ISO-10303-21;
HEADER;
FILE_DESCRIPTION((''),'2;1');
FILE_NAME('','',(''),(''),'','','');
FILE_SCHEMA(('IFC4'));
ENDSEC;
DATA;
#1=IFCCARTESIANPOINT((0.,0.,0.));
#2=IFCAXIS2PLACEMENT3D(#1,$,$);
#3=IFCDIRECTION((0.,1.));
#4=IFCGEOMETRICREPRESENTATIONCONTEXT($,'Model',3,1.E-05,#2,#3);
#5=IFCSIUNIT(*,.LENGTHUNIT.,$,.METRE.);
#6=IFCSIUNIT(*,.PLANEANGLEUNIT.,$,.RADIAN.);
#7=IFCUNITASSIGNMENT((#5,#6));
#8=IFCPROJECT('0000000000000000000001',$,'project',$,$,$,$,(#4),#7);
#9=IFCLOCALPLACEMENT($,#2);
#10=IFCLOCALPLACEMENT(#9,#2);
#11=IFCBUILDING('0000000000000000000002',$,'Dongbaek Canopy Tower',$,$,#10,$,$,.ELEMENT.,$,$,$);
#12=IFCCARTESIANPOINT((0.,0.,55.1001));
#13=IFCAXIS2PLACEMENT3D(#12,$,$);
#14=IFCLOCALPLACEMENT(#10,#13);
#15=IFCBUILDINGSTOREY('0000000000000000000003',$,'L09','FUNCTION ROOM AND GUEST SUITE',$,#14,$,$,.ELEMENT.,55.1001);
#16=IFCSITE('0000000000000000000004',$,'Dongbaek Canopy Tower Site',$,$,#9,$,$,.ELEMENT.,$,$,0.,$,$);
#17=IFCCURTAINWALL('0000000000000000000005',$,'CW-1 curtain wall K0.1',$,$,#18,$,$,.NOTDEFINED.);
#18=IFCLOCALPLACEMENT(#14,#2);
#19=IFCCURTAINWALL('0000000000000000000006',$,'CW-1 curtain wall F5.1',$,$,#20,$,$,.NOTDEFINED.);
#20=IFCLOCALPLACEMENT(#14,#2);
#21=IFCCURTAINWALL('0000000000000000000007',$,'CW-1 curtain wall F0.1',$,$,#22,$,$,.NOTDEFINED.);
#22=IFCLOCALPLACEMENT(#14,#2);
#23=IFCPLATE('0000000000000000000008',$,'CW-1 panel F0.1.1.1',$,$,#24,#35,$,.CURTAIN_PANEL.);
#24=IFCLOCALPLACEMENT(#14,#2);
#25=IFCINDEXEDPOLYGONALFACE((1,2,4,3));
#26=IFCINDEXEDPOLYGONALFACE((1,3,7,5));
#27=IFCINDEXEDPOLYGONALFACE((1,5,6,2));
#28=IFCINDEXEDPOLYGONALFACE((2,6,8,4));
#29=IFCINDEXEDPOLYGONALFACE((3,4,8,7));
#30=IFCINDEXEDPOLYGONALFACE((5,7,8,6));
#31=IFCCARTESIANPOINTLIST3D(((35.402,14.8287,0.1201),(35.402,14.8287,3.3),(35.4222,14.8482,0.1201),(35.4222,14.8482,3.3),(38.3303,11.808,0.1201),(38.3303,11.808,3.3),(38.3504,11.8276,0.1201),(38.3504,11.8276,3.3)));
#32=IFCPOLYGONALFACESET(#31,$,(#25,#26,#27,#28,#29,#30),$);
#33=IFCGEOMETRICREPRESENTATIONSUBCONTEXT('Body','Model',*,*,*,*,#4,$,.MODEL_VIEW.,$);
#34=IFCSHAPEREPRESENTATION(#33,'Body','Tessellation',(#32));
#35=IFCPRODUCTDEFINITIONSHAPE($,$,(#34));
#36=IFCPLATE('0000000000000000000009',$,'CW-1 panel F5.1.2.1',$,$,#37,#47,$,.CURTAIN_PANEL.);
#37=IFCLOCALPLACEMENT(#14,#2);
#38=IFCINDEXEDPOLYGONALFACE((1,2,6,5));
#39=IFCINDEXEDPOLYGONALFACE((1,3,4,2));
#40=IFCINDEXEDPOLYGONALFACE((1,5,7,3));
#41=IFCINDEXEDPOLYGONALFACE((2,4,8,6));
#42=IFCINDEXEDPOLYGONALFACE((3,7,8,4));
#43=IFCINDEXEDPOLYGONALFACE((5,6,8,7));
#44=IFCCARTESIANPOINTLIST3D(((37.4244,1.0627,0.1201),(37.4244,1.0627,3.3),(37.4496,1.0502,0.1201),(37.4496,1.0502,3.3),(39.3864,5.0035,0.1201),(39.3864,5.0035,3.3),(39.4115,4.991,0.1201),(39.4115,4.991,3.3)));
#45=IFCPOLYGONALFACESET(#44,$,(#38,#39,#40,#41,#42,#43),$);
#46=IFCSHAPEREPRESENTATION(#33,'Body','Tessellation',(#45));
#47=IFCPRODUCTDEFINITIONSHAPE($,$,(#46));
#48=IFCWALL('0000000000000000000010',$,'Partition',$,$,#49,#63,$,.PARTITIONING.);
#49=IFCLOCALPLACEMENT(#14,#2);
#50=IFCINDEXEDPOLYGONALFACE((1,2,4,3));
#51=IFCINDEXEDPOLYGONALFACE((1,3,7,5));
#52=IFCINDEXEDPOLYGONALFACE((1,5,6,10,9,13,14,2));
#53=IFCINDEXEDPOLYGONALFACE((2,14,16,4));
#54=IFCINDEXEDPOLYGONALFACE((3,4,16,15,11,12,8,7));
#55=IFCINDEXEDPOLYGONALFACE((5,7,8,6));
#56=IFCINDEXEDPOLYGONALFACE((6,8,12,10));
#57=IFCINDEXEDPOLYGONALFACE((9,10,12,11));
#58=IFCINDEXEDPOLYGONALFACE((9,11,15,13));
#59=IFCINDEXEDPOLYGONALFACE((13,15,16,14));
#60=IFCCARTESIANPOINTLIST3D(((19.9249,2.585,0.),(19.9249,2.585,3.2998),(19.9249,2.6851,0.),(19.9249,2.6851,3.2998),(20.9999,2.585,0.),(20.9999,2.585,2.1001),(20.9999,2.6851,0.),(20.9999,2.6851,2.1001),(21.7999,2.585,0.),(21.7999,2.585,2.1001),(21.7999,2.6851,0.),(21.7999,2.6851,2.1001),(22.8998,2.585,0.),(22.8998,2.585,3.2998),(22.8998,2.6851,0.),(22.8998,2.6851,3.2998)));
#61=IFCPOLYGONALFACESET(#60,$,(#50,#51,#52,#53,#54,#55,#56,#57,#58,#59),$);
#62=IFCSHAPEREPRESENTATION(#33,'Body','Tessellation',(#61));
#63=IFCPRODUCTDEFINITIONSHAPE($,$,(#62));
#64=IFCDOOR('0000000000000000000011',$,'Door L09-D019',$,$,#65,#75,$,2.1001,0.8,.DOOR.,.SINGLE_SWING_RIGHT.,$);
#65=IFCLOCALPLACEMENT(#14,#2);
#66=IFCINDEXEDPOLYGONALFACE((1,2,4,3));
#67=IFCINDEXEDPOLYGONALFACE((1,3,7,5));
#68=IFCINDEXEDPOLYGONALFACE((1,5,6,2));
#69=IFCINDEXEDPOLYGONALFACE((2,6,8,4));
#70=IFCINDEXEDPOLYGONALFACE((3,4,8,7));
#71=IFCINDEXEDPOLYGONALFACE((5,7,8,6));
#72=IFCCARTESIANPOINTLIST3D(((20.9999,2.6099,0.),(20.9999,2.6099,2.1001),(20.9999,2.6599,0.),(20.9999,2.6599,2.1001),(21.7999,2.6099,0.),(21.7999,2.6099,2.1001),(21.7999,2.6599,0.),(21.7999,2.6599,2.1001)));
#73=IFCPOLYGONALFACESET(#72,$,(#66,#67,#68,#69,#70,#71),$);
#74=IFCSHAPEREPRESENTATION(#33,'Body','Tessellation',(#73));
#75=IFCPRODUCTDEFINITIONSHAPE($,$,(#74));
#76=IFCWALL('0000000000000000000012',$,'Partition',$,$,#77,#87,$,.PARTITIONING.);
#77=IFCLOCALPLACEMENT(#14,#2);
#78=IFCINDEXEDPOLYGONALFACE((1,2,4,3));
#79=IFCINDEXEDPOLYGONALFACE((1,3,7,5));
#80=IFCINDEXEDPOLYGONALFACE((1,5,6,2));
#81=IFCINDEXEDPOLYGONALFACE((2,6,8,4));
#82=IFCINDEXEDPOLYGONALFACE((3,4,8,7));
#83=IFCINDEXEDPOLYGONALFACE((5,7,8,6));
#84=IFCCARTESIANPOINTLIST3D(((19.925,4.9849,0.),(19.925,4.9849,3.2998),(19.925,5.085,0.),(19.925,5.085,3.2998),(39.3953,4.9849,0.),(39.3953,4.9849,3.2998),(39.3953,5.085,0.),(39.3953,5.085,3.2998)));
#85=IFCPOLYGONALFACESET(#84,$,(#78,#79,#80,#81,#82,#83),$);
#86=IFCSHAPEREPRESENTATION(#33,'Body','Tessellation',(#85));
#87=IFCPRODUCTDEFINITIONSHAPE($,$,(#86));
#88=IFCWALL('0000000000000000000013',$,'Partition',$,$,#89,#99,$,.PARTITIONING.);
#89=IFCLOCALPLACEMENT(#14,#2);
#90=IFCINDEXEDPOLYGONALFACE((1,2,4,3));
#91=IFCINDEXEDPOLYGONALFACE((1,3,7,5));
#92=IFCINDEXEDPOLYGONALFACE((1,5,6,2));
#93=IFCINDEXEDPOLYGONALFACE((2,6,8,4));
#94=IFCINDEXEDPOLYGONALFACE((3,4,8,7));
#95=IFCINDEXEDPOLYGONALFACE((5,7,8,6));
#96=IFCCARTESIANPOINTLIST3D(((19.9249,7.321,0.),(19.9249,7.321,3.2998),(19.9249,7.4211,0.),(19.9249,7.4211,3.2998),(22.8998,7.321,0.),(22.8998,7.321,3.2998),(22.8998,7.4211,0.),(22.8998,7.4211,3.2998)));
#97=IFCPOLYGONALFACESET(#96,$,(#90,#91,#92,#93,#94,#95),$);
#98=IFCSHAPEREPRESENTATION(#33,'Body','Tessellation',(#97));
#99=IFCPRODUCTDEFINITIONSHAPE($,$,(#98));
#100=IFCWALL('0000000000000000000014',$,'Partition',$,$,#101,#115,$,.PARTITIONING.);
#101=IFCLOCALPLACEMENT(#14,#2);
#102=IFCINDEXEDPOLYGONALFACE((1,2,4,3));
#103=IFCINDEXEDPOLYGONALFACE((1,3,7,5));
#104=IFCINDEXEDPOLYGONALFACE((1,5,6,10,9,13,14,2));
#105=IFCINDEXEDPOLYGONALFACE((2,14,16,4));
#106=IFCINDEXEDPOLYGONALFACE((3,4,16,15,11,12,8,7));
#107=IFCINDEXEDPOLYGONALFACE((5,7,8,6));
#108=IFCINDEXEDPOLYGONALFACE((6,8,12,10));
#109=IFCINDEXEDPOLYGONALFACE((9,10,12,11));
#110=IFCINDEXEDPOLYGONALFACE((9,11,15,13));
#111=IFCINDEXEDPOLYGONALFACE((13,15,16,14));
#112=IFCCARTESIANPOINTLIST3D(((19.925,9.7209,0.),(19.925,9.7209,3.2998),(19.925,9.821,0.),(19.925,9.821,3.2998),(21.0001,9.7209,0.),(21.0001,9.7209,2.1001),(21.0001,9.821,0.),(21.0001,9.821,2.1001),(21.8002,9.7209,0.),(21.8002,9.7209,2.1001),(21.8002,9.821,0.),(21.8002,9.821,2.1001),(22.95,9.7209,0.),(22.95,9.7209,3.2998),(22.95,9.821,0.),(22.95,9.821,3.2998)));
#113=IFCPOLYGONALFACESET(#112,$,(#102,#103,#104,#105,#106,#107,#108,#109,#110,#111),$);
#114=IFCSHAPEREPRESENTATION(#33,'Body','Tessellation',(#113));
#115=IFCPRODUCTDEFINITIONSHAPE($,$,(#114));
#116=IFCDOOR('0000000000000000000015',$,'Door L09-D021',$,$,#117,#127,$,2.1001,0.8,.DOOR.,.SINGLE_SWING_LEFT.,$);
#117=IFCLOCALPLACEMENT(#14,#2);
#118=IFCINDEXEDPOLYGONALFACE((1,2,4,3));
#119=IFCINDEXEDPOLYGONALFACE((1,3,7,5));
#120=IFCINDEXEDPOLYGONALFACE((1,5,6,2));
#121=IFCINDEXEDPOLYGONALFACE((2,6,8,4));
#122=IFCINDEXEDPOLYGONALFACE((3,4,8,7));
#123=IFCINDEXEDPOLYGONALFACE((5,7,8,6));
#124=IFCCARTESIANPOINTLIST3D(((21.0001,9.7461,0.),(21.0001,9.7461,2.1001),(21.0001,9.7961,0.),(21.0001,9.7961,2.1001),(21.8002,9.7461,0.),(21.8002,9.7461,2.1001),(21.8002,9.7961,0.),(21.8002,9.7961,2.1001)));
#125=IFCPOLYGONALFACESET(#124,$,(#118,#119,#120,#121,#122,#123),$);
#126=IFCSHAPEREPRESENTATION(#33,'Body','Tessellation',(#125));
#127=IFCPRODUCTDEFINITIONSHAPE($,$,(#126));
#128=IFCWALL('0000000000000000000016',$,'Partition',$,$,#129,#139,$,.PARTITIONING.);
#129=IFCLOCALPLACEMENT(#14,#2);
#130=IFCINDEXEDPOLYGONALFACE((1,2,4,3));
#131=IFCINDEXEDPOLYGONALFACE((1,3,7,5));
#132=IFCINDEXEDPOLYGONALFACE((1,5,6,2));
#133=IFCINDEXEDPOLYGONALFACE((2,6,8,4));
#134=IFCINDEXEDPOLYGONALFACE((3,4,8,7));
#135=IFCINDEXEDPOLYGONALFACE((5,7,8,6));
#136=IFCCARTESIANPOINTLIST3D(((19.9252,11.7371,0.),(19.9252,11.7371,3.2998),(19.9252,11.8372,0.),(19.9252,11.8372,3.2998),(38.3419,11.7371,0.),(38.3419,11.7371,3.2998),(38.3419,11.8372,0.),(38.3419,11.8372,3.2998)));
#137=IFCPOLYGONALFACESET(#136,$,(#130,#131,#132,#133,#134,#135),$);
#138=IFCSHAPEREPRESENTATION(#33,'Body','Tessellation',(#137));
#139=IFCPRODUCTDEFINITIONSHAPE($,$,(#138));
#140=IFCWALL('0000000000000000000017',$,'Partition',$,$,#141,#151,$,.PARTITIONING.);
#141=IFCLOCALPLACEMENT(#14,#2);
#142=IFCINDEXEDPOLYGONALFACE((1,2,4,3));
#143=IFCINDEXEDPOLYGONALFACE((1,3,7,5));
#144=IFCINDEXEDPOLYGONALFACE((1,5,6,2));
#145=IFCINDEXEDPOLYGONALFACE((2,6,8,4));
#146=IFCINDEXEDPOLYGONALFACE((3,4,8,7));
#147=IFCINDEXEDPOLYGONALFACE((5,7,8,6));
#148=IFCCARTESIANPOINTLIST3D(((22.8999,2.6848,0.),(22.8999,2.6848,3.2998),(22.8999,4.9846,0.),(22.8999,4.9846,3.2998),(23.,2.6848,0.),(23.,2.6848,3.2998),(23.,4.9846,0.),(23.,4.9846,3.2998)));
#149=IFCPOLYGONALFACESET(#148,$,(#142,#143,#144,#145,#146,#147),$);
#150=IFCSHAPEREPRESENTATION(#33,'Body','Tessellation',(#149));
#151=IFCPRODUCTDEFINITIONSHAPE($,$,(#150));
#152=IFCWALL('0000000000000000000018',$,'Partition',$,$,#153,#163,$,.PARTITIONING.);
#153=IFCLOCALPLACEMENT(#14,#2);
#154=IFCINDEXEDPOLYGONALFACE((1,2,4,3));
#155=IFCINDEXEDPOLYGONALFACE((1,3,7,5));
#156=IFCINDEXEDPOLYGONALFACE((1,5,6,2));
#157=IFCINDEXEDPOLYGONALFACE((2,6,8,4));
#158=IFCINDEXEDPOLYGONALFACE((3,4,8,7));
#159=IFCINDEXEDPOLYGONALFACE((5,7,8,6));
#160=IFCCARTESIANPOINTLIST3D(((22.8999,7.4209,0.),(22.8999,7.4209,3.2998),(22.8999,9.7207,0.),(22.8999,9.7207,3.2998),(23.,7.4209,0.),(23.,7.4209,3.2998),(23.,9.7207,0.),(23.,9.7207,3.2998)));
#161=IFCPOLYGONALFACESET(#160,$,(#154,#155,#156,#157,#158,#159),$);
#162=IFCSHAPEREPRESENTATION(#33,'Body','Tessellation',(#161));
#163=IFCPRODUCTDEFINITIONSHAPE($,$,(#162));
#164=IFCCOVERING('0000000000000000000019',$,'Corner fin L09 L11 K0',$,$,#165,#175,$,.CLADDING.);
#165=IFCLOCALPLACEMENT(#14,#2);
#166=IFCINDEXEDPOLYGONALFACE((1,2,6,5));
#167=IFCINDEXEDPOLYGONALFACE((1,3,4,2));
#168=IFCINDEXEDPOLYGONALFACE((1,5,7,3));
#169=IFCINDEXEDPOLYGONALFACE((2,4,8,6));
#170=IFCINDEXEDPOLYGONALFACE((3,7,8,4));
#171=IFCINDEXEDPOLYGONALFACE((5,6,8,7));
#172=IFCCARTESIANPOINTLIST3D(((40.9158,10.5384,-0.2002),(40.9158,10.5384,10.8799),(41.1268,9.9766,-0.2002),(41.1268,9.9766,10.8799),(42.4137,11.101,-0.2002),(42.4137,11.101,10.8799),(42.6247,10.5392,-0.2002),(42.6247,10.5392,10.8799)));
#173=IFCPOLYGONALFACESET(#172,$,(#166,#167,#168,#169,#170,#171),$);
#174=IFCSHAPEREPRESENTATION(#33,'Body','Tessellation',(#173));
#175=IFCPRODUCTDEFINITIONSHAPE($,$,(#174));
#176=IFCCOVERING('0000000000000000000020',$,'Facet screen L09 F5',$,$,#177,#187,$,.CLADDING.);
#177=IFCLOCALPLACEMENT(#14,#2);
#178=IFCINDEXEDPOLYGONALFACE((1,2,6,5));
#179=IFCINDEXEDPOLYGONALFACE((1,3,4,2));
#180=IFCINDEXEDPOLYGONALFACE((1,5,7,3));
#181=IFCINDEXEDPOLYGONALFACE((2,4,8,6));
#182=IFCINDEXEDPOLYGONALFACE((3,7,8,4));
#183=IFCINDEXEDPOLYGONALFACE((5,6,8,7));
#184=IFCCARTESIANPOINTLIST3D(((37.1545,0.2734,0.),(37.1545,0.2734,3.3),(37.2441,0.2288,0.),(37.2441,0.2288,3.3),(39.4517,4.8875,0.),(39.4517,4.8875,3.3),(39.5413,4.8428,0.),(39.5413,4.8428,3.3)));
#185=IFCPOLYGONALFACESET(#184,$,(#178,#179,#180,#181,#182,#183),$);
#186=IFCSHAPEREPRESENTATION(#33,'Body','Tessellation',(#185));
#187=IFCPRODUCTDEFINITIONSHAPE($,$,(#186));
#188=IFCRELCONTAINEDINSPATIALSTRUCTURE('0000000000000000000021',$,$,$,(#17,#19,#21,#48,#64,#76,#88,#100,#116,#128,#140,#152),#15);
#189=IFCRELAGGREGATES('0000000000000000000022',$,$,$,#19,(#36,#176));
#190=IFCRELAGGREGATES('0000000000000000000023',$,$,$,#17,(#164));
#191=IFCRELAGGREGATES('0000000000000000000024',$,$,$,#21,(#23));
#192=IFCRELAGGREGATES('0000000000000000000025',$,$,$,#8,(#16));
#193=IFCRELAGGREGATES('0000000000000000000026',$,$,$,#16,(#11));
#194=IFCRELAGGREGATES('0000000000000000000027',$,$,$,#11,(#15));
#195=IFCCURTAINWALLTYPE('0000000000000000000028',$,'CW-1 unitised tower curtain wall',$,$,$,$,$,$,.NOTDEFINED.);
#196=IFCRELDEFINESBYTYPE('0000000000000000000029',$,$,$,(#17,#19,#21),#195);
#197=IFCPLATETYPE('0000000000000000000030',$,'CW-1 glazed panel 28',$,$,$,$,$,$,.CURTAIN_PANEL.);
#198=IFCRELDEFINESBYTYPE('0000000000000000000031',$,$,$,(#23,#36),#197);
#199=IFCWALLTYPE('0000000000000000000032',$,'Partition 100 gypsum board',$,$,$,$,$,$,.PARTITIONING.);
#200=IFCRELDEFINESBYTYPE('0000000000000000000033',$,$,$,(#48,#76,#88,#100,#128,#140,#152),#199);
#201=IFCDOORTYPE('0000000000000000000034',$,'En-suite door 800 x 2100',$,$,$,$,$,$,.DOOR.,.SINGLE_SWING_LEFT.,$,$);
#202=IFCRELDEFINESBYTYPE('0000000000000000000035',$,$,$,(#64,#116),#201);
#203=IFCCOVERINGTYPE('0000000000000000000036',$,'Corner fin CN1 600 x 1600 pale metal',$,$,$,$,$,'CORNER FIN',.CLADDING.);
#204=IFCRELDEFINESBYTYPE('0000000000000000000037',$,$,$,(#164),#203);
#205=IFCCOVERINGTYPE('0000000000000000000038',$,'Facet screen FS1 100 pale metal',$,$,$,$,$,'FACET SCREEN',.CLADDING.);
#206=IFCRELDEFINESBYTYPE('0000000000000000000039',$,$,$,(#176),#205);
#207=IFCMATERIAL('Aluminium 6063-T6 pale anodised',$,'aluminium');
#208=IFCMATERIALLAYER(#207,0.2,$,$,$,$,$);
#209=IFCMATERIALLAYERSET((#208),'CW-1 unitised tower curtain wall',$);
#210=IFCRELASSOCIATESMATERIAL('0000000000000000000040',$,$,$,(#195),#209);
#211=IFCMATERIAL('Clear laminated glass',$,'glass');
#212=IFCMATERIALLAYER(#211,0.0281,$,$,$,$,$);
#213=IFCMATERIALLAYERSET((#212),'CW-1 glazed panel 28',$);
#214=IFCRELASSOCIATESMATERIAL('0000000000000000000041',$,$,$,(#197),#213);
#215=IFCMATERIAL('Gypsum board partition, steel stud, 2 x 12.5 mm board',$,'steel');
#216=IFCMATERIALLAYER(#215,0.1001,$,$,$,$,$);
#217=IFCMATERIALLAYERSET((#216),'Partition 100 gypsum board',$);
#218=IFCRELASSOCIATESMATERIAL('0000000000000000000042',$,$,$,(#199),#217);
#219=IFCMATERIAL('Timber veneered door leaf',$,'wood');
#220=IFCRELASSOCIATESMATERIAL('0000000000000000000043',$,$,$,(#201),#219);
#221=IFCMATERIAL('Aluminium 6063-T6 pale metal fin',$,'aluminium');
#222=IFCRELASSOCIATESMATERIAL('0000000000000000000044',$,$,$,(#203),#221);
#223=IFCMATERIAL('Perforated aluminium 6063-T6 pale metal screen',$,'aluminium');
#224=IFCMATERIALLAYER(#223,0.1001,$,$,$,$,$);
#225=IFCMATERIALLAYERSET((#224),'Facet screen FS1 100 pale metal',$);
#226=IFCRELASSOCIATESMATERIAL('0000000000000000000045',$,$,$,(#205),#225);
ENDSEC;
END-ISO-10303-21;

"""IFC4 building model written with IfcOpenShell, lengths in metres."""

from ifc_helpers import new_model, si_unit, direction, frame, frame_2d, origin, origin_2d, place, context, subcontext, project, spatial, rectangle, extrude, material, layer, layer_set, material_profile, profile_set, type_object, element, fill, aggregate, save


model = new_model("IFC4")

# Units and contexts
model_context = context("Model", 3, precision=1e-05, world=origin(), true_north=direction((0.0, 1.0)))
body_context = subcontext(model_context, "Body", "Model", "MODEL_VIEW")
ifc_project = project(units=[si_unit("LENGTHUNIT", "METRE"), si_unit("PLANEANGLEUNIT", "RADIAN")], contexts=[model_context])

# Site, building, storey
site_placement = place(None, origin())
site = spatial("IfcSite", under=ifc_project, at=site_placement, Name="Dongbaek Canopy Tower Site", CompositionType="ELEMENT", RefElevation=0.0)
building_placement = place(site_placement, origin())
building = spatial("IfcBuilding", under=site, at=building_placement, Name="Dongbaek Canopy Tower", CompositionType="ELEMENT")
storey_placement = place(building_placement, frame((0.0, 0.0, 55.1001)))
storey = spatial("IfcBuildingStorey", under=building, at=storey_placement, Name="L09", Description="FUNCTION ROOM AND GUEST SUITE", CompositionType="ELEMENT", Elevation=55.1001)

# Curtain wall
ifc_material_1 = material(Name="Aluminium 6063-T6 pale anodised", Category="aluminium")
ifc_layer_1 = layer(ifc_material_1, 0.2)
ifc_layer_set_1 = layer_set([ifc_layer_1], Name="CW-1 unitised tower curtain wall")
curtain_wall_type = type_object("IfcCurtainWallType", Name="CW-1 unitised tower curtain wall", PredefinedType="NOTDEFINED", material=ifc_layer_set_1)
curtain_wall_1_placement = place(storey_placement, origin())
curtain_wall_1 = element("IfcCurtainWall", 1, at=curtain_wall_1_placement, inside=storey, type_object=curtain_wall_type, Name="CW-1 curtain wall K0.1", PredefinedType="NOTDEFINED")

# Curtain walls
curtain_wall_2_placement = place(storey_placement, origin())
curtain_wall_2 = element("IfcCurtainWall", 2, at=curtain_wall_2_placement, inside=storey, type_object=curtain_wall_type, Name="CW-1 curtain wall F5.1", PredefinedType="NOTDEFINED")
curtain_wall_3_placement = place(storey_placement, origin())
curtain_wall_3 = element("IfcCurtainWall", 3, at=curtain_wall_3_placement, inside=storey, type_object=curtain_wall_type, Name="CW-1 curtain wall F0.1", PredefinedType="NOTDEFINED")

# Plates
ifc_material_2 = material(Name="Clear laminated glass", Category="glass")
ifc_layer_2 = layer(ifc_material_2, 0.0281)
ifc_layer_set_2 = layer_set([ifc_layer_2], Name="CW-1 glazed panel 28")
plate_type = type_object("IfcPlateType", Name="CW-1 glazed panel 28", PredefinedType="CURTAIN_PANEL", material=ifc_layer_set_2)
plate_1_placement = place(storey_placement, frame((36.8762, 13.3281, 0.1201), z_axis=(0.0, 0.0, 1.0), x_axis=(-0.696039, 0.718004, 0.0)))
plate_1 = element("IfcPlate", 4, at=plate_1_placement, type_object=plate_type, Name="CW-1 panel F0.1.1.1", PredefinedType="CURTAIN_PANEL", context=body_context, shape_type="SweptSolid", body=[
    extrude(rectangle(XDim=4.207, YDim=0.0281, at=origin_2d()), origin(), (0.0, 0.0, 1.0), 3.1799),
])
plate_2_placement = place(storey_placement, frame((38.418, 3.0269, 0.1201), z_axis=(0.0, 0.0, 1.0), x_axis=(0.445678, 0.895193, 0.0)))
plate_2 = element("IfcPlate", 5, at=plate_2_placement, type_object=plate_type, Name="CW-1 panel F5.1.2.1", PredefinedType="CURTAIN_PANEL", context=body_context, shape_type="SweptSolid", body=[
    extrude(rectangle(XDim=4.4021, YDim=0.0281, at=origin_2d()), origin(), (0.0, 0.0, 1.0), 3.1799),
])

# Wall, opening, door
ifc_material_3 = material(Name="Gypsum board partition, steel stud, 2 x 12.5 mm board", Category="steel")
ifc_layer_3 = layer(ifc_material_3, 0.1001)
ifc_layer_set_3 = layer_set([ifc_layer_3], Name="Partition 100 gypsum board")
wall_type = type_object("IfcWallType", Name="Partition 100 gypsum board", PredefinedType="PARTITIONING", material=ifc_layer_set_3)
wall_1_placement = place(storey_placement, frame((19.925, 2.635, 0.0), z_axis=(0.0, 0.0, 1.0), x_axis=(1.0, 0.0, 0.0)))
wall_1 = element("IfcWall", 6, at=wall_1_placement, inside=storey, type_object=wall_type, Name="Partition", PredefinedType="PARTITIONING", context=body_context, shape_type="SweptSolid", body=[
    extrude(rectangle(XDim=2.9749, YDim=0.1001, at=frame_2d((1.4873, 0.0))), origin(), (0.0, 0.0, 1.0), 3.2998),
])
opening_1_placement = place(wall_1_placement, frame((1.075, 0.0, 0.0)))
opening_1 = element("IfcOpeningElement", 7, at=opening_1_placement, cuts=wall_1, PredefinedType="OPENING", context=body_context, shape_type="SweptSolid", body=[
    extrude(rectangle(XDim=0.8, YDim=2.1001, at=frame_2d((0.3999, 1.05))), frame((0.0, 0.0601, 0.0), z_axis=(0.0, -1.0, 0.0), x_axis=(1.0, 0.0, 0.0)), (0.0, 0.0, 1.0), 0.1201),
])
ifc_material_4 = material(Name="Timber veneered door leaf", Category="wood")
door_type = type_object("IfcDoorType", Name="En-suite door 800 x 2100", OperationType="SINGLE_SWING_LEFT", PredefinedType="DOOR", material=ifc_material_4)
door_1_placement = place(opening_1_placement, origin())
door_1 = element("IfcDoor", 8, at=door_1_placement, inside=storey, type_object=door_type, Name="Door L09-D019", OperationType="SINGLE_SWING_RIGHT", OverallHeight=2.1001, OverallWidth=0.8, PredefinedType="DOOR", context=body_context, shape_type="SweptSolid", body=[
    extrude(rectangle(XDim=0.8, YDim=2.1001, at=frame_2d((0.3999, 1.05))), frame((0.0, 0.0249, 0.0), z_axis=(0.0, -1.0, 0.0), x_axis=(1.0, 0.0, 0.0)), (0.0, 0.0, 1.0), 0.05),
])
fill(opening_1, door_1)

# Walls
wall_2_placement = place(storey_placement, frame((19.925, 5.0349, 0.0), z_axis=(0.0, 0.0, 1.0), x_axis=(1.0, 0.0, 0.0)))
element("IfcWall", 9, at=wall_2_placement, inside=storey, type_object=wall_type, Name="Partition", PredefinedType="PARTITIONING", context=body_context, shape_type="SweptSolid", body=[
    extrude(rectangle(XDim=19.4702, YDim=0.1001, at=frame_2d((9.7351, 0.0))), origin(), (0.0, 0.0, 1.0), 3.2998),
])
wall_3_placement = place(storey_placement, frame((19.925, 7.3711, 0.0), z_axis=(0.0, 0.0, 1.0), x_axis=(1.0, 0.0, 0.0)))
element("IfcWall", 10, at=wall_3_placement, inside=storey, type_object=wall_type, Name="Partition", PredefinedType="PARTITIONING", context=body_context, shape_type="SweptSolid", body=[
    extrude(rectangle(XDim=2.9749, YDim=0.1001, at=frame_2d((1.4873, 0.0))), origin(), (0.0, 0.0, 1.0), 3.2998),
])

# Wall, opening, door
wall_4_placement = place(storey_placement, frame((22.95, 9.771, 0.0), z_axis=(0.0, 0.0, 1.0), x_axis=(-1.0, 0.0, 0.0)))
wall_4 = element("IfcWall", 11, at=wall_4_placement, inside=storey, type_object=wall_type, Name="Partition", PredefinedType="PARTITIONING", context=body_context, shape_type="SweptSolid", body=[
    extrude(rectangle(XDim=3.0249, YDim=0.1001, at=frame_2d((1.5125, 0.0))), origin(), (0.0, 0.0, 1.0), 3.2998),
])
opening_2_placement = place(wall_4_placement, frame((1.1499, 0.0, 0.0)))
opening_2 = element("IfcOpeningElement", 12, at=opening_2_placement, cuts=wall_4, PredefinedType="OPENING", context=body_context, shape_type="SweptSolid", body=[
    extrude(rectangle(XDim=0.8, YDim=2.1001, at=frame_2d((0.3999, 1.05))), frame((0.0, 0.0601, 0.0), z_axis=(0.0, -1.0, 0.0), x_axis=(1.0, 0.0, 0.0)), (0.0, 0.0, 1.0), 0.1201),
])
door_2_placement = place(opening_2_placement, origin())
door_2 = element("IfcDoor", 13, at=door_2_placement, inside=storey, type_object=door_type, Name="Door L09-D021", OperationType="SINGLE_SWING_LEFT", OverallHeight=2.1001, OverallWidth=0.8, PredefinedType="DOOR", context=body_context, shape_type="SweptSolid", body=[
    extrude(rectangle(XDim=0.8, YDim=2.1001, at=frame_2d((0.3999, 1.05))), frame((0.0, 0.0249, 0.0), z_axis=(0.0, -1.0, 0.0), x_axis=(1.0, 0.0, 0.0)), (0.0, 0.0, 1.0), 0.05),
])
fill(opening_2, door_2)

# Walls
wall_5_placement = place(storey_placement, frame((19.925, 11.7871, 0.0), z_axis=(0.0, 0.0, 1.0), x_axis=(1.0, 0.0, 0.0)))
element("IfcWall", 14, at=wall_5_placement, inside=storey, type_object=wall_type, Name="Partition", PredefinedType="PARTITIONING", context=body_context, shape_type="SweptSolid", body=[
    extrude(rectangle(XDim=18.4167, YDim=0.1001, at=frame_2d((9.2085, 0.0))), origin(), (0.0, 0.0, 1.0), 3.2998),
])
for number, where, z_axis, x_axis, name in (
    (15, (22.95, 2.6848, 0.0), (0.0, 0.0, 1.0), (0.0, 1.0, 0.0), "Partition"),
    (16, (22.95, 7.4209, 0.0), (0.0, 0.0, 1.0), (0.0, 1.0, 0.0), "Partition"),
):
    element("IfcWall", number, at=place(storey_placement, frame(where, z_axis=z_axis, x_axis=x_axis)), inside=storey, type_object=wall_type, Name=name, PredefinedType="PARTITIONING", context=body_context, shape_type="SweptSolid", body=[
        extrude(rectangle(XDim=2.2998, YDim=0.1001, at=frame_2d((1.1499, 0.0))), origin(), (0.0, 0.0, 1.0), 3.2998),
    ])

# Coverings
ifc_material_5 = material(Name="Aluminium 6063-T6 pale metal fin", Category="aluminium")
ifc_material_profile_1 = material_profile(ifc_material_5, rectangle(XDim=1.6001, YDim=0.6001, at=origin_2d()), Name="Corner fin CN1 600 x 1600 pale metal")
ifc_profile_set_1 = profile_set([ifc_material_profile_1], Name="Aluminium 6063-T6 pale metal fin")
covering_type_1 = type_object("IfcCoveringType", Name="Corner fin CN1 600 x 1600 pale metal", ElementType="CORNER FIN", PredefinedType="CLADDING", material=ifc_profile_set_1)
covering_1_placement = place(storey_placement, frame((41.7703, 10.5388, -0.2002), z_axis=(0.0, 0.0, 1.0), x_axis=(0.936155, 0.351588, 0.0)))
covering_1 = element("IfcCovering", 17, at=covering_1_placement, type_object=covering_type_1, Name="Corner fin L09 L11 K0", PredefinedType="CLADDING", context=body_context, shape_type="SweptSolid", body=[
    extrude(rectangle(XDim=1.6001, YDim=0.6001, at=origin_2d()), origin(), (0.0, 0.0, 1.0), 11.0801),
])
ifc_material_6 = material(Name="Perforated aluminium 6063-T6 pale metal screen", Category="aluminium")
ifc_layer_4 = layer(ifc_material_6, 0.1001)
ifc_layer_set_4 = layer_set([ifc_layer_4], Name="Facet screen FS1 100 pale metal")
covering_type_2 = type_object("IfcCoveringType", Name="Facet screen FS1 100 pale metal", ElementType="FACET SCREEN", PredefinedType="CLADDING", material=ifc_layer_set_4)
covering_2_placement = place(storey_placement, frame((38.3479, 2.5581, 0.0), z_axis=(0.0, 0.0, 1.0), x_axis=(0.445678, 0.895194, 0.0)))
covering_2 = element("IfcCovering", 18, at=covering_2_placement, type_object=covering_type_2, Name="Facet screen L09 F5", PredefinedType="CLADDING", context=body_context, shape_type="SweptSolid", body=[
    extrude(rectangle(XDim=5.1543, YDim=0.1001, at=origin_2d()), origin(), (0.0, 0.0, 1.0), 3.3),
])
aggregate(curtain_wall_2, [plate_2, covering_2])
aggregate(curtain_wall_1, [covering_1])
aggregate(curtain_wall_3, [plate_1])

save(model, "model.ifc")
